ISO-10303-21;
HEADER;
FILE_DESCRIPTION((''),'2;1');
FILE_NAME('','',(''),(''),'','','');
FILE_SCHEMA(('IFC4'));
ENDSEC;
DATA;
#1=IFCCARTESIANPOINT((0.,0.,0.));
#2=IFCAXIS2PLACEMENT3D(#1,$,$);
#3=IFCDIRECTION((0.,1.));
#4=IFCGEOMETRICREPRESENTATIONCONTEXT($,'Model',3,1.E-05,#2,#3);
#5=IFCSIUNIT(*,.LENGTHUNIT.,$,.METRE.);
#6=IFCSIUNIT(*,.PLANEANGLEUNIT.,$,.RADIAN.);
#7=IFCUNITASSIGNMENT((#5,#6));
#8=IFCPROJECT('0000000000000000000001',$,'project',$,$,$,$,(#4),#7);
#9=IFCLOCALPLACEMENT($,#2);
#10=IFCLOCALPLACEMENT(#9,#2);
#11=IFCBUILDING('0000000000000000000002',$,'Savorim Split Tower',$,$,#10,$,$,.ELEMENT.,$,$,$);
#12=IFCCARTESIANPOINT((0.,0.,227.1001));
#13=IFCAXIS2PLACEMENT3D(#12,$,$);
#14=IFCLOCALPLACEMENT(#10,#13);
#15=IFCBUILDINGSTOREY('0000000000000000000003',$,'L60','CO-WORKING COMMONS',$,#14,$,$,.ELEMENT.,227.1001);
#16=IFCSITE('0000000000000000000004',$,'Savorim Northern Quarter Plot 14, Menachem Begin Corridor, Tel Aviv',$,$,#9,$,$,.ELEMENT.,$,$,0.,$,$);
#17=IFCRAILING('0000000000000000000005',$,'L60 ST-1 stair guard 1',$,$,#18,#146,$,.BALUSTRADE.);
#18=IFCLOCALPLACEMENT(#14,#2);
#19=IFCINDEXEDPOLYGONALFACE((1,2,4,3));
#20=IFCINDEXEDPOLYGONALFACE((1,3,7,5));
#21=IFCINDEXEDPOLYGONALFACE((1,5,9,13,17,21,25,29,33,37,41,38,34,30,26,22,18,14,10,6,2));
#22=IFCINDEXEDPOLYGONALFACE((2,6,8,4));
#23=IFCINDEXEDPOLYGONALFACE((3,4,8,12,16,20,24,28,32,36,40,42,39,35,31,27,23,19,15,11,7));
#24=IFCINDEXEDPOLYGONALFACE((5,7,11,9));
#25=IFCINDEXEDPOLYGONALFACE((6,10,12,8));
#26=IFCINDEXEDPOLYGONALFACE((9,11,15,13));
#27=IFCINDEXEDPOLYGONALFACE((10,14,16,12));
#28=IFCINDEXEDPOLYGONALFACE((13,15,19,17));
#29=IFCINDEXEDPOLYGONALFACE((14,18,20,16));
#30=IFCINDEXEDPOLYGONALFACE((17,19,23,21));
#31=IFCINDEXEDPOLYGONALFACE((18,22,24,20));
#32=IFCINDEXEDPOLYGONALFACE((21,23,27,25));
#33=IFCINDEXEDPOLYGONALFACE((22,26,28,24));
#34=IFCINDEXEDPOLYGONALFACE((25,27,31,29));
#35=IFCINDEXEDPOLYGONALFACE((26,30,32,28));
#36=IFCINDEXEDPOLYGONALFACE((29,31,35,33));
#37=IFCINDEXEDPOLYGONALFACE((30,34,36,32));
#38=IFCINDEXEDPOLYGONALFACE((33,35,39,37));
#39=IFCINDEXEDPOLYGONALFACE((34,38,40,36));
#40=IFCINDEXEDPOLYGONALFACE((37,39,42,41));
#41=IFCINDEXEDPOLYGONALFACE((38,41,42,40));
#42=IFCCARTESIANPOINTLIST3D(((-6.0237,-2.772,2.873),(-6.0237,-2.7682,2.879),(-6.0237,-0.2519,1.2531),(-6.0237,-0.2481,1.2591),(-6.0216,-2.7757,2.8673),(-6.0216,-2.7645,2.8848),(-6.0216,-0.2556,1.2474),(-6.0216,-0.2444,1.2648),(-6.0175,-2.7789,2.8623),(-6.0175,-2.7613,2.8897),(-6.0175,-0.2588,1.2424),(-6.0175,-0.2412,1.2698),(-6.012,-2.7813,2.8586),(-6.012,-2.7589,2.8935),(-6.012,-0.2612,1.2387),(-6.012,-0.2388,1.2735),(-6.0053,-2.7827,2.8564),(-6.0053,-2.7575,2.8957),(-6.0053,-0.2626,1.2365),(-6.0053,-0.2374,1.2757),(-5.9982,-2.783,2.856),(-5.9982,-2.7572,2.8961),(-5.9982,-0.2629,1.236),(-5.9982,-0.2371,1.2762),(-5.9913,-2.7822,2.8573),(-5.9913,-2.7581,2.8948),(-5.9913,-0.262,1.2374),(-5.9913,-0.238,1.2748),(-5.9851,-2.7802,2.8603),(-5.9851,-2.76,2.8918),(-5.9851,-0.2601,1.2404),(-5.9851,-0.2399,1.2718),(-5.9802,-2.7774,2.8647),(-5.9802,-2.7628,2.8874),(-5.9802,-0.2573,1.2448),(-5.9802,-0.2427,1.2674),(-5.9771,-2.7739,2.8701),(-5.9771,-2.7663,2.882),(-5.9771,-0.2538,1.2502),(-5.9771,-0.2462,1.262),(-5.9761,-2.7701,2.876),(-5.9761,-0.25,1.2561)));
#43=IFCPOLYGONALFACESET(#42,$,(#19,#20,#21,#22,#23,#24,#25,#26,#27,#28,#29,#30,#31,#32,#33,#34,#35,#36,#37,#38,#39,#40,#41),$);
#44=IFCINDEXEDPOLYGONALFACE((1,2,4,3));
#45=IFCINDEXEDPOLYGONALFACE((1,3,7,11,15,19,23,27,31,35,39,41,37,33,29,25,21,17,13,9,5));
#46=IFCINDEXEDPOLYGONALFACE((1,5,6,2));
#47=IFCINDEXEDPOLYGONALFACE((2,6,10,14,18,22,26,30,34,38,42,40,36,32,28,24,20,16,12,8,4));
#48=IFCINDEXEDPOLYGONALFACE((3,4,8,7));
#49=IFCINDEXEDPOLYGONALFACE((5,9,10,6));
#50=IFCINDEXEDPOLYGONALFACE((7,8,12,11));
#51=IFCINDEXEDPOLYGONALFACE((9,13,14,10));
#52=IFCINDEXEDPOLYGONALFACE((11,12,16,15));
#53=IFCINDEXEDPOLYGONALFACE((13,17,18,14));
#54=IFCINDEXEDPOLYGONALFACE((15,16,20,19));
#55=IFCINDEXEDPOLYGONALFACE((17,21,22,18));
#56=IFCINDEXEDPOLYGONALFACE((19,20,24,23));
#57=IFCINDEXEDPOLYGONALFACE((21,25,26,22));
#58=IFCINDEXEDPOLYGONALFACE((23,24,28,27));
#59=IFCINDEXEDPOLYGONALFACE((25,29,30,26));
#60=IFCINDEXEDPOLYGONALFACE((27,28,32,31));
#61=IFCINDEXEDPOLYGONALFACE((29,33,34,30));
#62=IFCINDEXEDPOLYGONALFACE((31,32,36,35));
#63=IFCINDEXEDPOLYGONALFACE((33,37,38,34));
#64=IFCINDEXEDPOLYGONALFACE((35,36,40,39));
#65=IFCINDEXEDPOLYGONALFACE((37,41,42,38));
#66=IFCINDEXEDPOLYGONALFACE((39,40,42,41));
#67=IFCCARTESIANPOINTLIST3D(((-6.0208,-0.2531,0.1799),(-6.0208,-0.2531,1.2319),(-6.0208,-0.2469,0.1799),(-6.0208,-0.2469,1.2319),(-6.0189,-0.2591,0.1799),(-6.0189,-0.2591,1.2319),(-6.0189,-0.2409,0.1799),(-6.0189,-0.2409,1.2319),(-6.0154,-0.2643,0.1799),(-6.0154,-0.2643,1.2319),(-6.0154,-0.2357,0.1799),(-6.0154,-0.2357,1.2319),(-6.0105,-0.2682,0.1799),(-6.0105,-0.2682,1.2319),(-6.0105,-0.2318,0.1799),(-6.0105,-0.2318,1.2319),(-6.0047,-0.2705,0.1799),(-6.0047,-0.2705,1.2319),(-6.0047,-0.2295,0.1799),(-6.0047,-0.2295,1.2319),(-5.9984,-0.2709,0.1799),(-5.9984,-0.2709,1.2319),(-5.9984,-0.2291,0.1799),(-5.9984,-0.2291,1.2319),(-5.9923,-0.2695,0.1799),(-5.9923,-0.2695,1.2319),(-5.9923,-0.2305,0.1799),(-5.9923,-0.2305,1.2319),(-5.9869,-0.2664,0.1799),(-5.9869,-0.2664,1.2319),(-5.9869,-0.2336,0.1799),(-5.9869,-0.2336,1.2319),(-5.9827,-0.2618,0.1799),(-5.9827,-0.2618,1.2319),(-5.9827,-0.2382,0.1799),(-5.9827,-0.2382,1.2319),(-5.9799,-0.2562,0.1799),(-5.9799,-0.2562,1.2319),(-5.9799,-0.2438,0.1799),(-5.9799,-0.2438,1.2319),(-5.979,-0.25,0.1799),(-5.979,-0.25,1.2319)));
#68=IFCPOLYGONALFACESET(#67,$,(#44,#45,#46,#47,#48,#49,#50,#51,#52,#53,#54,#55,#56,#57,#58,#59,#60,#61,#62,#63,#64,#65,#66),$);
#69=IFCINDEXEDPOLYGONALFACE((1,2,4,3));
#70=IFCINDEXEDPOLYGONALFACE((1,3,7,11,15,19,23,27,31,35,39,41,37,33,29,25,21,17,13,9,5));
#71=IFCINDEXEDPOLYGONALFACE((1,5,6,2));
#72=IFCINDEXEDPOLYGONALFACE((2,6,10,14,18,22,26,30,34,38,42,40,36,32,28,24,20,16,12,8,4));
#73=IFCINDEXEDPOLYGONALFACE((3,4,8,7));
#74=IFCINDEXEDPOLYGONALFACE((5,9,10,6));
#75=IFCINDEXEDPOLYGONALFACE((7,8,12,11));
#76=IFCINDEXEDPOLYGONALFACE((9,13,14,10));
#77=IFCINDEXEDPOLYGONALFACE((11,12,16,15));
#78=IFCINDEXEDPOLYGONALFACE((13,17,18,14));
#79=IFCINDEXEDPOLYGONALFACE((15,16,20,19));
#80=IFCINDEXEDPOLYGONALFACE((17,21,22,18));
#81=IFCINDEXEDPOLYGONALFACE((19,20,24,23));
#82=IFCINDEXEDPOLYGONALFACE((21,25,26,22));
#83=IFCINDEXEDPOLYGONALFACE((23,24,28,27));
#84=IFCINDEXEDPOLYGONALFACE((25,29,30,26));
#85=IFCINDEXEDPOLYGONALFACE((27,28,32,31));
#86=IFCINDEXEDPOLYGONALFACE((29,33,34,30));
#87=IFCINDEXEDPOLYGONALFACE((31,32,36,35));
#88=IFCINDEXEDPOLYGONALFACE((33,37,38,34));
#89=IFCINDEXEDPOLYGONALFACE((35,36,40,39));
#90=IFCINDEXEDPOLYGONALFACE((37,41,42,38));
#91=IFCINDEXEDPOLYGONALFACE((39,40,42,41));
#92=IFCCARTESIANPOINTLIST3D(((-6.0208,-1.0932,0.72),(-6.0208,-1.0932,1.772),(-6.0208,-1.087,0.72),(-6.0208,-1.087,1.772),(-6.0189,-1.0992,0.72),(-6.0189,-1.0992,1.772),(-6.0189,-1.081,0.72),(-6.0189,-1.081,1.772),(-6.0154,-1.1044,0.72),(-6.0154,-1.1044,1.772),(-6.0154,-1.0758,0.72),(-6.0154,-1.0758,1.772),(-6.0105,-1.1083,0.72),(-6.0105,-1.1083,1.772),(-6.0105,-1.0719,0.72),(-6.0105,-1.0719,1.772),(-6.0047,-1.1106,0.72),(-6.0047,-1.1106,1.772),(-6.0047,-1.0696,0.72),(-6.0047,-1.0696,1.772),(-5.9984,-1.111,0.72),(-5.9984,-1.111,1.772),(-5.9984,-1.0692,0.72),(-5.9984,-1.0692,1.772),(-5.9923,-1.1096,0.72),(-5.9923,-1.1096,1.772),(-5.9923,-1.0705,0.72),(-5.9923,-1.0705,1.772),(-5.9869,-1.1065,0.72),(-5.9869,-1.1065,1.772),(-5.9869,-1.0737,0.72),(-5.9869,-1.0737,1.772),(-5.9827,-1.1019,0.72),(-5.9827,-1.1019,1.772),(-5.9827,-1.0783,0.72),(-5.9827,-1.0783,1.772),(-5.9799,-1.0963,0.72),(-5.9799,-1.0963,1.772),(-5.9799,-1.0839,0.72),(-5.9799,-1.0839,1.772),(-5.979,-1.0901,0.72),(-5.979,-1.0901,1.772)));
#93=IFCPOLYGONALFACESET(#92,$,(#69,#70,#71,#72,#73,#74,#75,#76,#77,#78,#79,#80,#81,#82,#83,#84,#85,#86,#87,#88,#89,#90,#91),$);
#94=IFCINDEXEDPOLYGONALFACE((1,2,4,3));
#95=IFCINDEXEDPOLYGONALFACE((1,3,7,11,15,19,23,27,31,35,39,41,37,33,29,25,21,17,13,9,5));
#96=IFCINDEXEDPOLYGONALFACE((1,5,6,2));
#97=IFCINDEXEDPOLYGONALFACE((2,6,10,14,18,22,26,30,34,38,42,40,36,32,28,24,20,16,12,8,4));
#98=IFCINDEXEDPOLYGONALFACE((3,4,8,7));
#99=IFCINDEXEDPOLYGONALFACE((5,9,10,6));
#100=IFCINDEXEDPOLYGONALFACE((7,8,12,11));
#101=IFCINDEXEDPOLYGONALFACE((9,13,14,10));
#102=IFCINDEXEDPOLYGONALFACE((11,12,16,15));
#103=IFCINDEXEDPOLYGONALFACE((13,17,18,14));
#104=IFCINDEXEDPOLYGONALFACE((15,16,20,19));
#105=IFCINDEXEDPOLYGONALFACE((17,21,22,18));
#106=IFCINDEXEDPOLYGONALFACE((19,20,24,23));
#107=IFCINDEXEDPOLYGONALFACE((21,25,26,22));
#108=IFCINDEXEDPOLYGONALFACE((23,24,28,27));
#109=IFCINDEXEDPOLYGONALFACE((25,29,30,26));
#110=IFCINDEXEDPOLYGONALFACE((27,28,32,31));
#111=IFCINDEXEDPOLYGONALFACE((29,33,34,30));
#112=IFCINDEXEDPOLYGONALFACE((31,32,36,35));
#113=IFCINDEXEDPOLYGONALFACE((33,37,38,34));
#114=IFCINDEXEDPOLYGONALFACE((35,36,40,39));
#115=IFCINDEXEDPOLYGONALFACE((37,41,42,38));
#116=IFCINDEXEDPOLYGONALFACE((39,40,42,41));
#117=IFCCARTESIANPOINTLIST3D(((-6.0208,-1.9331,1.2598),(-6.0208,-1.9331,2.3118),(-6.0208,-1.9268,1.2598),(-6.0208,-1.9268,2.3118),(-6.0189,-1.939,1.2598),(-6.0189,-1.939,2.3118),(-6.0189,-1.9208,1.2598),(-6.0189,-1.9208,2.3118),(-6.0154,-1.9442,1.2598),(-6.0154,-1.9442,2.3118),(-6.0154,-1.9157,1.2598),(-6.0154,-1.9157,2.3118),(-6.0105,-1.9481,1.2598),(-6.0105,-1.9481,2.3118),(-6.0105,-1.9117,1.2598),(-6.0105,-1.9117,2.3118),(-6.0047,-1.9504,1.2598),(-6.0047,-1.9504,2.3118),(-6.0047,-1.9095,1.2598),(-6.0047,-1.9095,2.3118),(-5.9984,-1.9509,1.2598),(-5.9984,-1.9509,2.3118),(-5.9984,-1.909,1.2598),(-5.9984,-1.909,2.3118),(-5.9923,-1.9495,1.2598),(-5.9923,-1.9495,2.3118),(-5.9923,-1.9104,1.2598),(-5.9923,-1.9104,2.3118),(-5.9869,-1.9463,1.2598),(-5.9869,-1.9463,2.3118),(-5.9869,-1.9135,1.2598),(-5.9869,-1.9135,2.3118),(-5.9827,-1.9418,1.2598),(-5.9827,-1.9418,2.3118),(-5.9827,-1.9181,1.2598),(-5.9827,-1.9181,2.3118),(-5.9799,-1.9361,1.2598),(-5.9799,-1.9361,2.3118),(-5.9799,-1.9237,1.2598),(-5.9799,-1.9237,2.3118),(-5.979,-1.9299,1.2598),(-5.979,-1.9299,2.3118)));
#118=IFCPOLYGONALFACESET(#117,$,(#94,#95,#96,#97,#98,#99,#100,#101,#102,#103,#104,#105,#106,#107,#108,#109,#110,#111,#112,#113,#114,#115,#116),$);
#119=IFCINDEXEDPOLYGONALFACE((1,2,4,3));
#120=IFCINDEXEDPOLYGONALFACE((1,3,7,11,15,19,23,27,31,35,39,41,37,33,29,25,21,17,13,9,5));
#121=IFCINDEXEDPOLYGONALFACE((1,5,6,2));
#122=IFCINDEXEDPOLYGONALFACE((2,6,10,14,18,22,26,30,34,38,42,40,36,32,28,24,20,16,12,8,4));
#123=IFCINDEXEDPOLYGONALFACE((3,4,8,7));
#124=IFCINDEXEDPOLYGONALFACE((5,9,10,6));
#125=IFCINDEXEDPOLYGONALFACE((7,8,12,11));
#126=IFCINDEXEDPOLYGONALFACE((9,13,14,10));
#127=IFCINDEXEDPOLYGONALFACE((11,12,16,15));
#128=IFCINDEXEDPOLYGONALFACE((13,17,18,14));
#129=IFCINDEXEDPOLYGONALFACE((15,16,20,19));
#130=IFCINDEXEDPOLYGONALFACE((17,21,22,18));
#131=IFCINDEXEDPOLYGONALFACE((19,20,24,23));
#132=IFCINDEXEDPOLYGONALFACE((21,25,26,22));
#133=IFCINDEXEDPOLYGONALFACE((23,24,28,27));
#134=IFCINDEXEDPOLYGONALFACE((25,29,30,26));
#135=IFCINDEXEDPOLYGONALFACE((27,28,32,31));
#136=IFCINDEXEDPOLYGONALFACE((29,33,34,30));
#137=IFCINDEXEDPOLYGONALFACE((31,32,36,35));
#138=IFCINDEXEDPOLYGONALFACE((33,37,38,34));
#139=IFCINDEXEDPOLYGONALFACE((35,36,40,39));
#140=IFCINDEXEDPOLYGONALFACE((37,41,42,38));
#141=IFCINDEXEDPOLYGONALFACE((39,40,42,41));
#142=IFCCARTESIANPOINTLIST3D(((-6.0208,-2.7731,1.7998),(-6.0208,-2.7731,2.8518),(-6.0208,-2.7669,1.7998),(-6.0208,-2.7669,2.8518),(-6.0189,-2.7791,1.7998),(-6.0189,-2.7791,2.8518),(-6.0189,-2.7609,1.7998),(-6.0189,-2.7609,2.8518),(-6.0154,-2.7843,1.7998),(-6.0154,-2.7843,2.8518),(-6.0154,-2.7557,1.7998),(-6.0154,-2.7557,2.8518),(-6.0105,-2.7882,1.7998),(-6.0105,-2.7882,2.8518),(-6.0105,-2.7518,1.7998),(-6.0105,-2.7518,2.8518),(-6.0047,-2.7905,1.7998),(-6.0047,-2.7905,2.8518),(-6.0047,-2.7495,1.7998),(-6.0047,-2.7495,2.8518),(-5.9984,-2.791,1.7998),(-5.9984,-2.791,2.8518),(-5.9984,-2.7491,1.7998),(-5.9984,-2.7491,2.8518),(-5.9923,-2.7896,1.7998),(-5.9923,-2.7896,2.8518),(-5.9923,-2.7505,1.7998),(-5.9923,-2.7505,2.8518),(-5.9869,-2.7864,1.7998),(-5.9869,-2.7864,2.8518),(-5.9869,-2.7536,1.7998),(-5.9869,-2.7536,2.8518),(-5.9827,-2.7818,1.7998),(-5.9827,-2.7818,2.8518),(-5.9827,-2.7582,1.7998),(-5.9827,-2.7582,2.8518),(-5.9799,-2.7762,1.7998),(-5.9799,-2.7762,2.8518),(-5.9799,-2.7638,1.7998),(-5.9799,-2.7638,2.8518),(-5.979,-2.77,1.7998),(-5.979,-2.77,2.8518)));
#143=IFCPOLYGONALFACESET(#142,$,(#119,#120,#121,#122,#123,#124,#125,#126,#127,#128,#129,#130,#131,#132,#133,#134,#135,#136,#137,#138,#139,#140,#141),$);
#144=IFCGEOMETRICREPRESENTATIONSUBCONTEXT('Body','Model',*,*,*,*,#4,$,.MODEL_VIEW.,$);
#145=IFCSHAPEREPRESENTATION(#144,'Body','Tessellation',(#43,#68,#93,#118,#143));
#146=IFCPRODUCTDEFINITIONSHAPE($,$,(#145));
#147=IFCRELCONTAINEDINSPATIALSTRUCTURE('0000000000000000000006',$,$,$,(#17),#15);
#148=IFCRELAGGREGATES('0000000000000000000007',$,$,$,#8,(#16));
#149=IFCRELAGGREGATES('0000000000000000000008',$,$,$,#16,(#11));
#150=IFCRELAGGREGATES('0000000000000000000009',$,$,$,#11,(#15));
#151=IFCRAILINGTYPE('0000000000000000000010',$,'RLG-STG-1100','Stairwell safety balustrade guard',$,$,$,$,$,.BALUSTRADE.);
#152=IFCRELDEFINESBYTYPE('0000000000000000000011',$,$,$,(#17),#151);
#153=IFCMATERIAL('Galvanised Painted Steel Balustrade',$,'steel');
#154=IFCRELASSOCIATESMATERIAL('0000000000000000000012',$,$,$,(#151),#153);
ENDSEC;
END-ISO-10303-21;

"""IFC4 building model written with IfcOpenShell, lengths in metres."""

from ifc_helpers import new_model, si_unit, direction, frame, origin, origin_2d, place, context, subcontext, project, spatial, circle, extrude, material, type_object, element, save


model = new_model("IFC4")

# Units and contexts
model_context = context("Model", 3, precision=1e-05, world=origin(), true_north=direction((0.0, 1.0)))
body_context = subcontext(model_context, "Body", "Model", "MODEL_VIEW")
ifc_project = project(units=[si_unit("LENGTHUNIT", "METRE"), si_unit("PLANEANGLEUNIT", "RADIAN")], contexts=[model_context])

# Site, building, storey
site_placement = place(None, origin())
site = spatial("IfcSite", under=ifc_project, at=site_placement, Name="Savorim Northern Quarter Plot 14, Menachem Begin Corridor, Tel Aviv", CompositionType="ELEMENT", RefElevation=0.0)
building_placement = place(site_placement, origin())
building = spatial("IfcBuilding", under=site, at=building_placement, Name="Savorim Split Tower", CompositionType="ELEMENT")
storey_placement = place(building_placement, frame((0.0, 0.0, 227.1001)))
storey = spatial("IfcBuildingStorey", under=building, at=storey_placement, Name="L60", Description="CO-WORKING COMMONS", CompositionType="ELEMENT", Elevation=227.1001)

# Railing
ifc_material_1 = material(Name="Galvanised Painted Steel Balustrade", Category="steel")
railing_type_1 = type_object("IfcRailingType", Name="RLG-STG-1100", Description="Stairwell safety balustrade guard", PredefinedType="BALUSTRADE", material=ifc_material_1)
railing_1_placement = place(storey_placement, frame((-6.0, -0.25, 0.1799)))
element("IfcRailing", 1, at=railing_1_placement, inside=storey, type_object=railing_type_1, Name="L60 ST-1 stair guard 1", PredefinedType="BALUSTRADE", context=body_context, shape_type="SweptSolid", body=[
    extrude(circle(Radius=0.0239, at=origin_2d()), frame((0.0, 0.0, 1.0762), z_axis=(0.0, -0.8412, 0.540725), x_axis=(1.0, 0.0, 0.0)), (0.0, 0.0, 1.0), 2.9958),
    extrude(circle(Radius=0.021, at=origin_2d()), origin(), (0.0, 0.0, 1.0), 1.052),
    extrude(circle(Radius=0.021, at=origin_2d()), frame((0.0, -0.8401, 0.54)), (0.0, 0.0, 1.0), 1.052),
    extrude(circle(Radius=0.021, at=origin_2d()), frame((0.0, -1.6799, 1.0798)), (0.0, 0.0, 1.0), 1.052),
    extrude(circle(Radius=0.021, at=origin_2d()), frame((0.0, -2.52, 1.6199)), (0.0, 0.0, 1.0), 1.052),
])

save(model, "model.ifc")
